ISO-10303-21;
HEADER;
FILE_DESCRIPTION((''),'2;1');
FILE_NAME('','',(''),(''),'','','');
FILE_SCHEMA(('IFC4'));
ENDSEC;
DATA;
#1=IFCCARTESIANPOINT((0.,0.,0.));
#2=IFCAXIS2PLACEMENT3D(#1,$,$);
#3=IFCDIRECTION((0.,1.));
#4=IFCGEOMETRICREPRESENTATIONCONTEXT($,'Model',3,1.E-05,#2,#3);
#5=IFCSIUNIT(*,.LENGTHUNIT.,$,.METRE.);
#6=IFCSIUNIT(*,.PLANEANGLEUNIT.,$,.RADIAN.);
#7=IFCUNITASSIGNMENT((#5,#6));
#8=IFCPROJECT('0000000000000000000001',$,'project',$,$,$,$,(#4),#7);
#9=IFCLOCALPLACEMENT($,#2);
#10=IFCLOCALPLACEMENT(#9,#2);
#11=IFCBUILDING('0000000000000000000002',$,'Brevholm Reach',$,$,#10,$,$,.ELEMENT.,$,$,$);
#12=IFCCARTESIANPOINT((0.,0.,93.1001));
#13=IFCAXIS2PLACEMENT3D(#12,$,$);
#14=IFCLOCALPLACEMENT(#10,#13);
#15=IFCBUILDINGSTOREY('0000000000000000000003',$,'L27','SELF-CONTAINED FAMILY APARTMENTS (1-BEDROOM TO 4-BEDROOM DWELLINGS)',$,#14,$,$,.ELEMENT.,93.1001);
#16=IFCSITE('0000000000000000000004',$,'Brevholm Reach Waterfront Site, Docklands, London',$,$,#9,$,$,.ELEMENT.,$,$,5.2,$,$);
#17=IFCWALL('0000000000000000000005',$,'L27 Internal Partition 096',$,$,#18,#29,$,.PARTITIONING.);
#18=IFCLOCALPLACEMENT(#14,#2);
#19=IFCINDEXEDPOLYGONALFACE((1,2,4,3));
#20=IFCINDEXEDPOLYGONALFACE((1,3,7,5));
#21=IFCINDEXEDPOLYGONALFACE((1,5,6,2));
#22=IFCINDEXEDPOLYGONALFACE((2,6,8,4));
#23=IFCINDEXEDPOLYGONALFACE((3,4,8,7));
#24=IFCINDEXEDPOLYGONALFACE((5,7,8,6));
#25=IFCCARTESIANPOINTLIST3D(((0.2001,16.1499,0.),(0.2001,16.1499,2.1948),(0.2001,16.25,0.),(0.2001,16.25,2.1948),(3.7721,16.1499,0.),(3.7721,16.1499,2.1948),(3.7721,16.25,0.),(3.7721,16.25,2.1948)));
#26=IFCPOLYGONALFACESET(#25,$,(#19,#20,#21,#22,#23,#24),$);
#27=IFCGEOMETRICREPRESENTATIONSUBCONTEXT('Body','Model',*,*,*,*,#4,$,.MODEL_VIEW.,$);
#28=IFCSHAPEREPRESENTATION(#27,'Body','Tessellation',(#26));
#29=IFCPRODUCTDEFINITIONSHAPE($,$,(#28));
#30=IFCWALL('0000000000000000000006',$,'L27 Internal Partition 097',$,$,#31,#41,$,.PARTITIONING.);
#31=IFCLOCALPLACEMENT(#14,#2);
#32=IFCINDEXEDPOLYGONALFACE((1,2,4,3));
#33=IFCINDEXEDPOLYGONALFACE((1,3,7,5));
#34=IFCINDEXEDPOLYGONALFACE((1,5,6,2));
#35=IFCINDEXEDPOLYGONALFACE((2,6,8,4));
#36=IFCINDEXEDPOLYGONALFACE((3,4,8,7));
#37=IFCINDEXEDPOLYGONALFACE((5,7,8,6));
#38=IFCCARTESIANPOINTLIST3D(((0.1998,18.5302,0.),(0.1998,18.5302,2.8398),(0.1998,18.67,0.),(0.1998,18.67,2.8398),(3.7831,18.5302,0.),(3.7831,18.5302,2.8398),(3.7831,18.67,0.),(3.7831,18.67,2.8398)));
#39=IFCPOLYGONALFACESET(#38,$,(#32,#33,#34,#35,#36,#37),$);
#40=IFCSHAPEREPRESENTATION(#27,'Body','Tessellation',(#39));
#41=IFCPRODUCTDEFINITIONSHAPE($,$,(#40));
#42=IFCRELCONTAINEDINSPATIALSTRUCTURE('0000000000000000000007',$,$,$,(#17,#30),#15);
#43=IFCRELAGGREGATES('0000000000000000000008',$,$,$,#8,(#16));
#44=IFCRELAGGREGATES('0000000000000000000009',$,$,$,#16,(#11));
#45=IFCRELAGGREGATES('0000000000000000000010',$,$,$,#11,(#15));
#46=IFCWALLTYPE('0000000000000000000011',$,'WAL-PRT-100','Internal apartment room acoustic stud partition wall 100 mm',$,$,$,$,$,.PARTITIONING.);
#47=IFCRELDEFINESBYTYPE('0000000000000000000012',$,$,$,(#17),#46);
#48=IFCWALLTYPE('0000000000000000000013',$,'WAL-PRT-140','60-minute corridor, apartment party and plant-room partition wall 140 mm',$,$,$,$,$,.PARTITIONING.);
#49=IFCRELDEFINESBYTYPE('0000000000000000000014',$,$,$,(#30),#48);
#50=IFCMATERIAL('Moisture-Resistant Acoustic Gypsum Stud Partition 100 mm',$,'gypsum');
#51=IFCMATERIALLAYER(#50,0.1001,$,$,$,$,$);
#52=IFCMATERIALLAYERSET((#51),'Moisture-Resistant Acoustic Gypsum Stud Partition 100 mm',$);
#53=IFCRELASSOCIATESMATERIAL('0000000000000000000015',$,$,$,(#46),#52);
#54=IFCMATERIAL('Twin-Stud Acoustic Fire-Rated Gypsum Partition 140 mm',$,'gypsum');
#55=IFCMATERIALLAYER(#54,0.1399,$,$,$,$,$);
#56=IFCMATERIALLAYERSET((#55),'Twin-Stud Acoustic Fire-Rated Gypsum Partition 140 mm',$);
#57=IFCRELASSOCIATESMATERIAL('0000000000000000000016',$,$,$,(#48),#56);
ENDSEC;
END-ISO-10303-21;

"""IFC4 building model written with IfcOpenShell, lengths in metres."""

from ifc_helpers import new_model, si_unit, direction, frame, frame_2d, origin, place, context, subcontext, project, spatial, rectangle, extrude, material, layer, layer_set, type_object, element, save


model = new_model("IFC4")

# Units and contexts
model_context = context("Model", 3, precision=1e-05, world=origin(), true_north=direction((0.0, 1.0)))
body_context = subcontext(model_context, "Body", "Model", "MODEL_VIEW")
ifc_project = project(units=[si_unit("LENGTHUNIT", "METRE"), si_unit("PLANEANGLEUNIT", "RADIAN")], contexts=[model_context])

# Site, building, storey
site_placement = place(None, origin())
site = spatial("IfcSite", under=ifc_project, at=site_placement, Name="Brevholm Reach Waterfront Site, Docklands, London", CompositionType="ELEMENT", RefElevation=5.2)
building_placement = place(site_placement, origin())
building = spatial("IfcBuilding", under=site, at=building_placement, Name="Brevholm Reach", CompositionType="ELEMENT")
storey_placement = place(building_placement, frame((0.0, 0.0, 93.1001)))
storey = spatial("IfcBuildingStorey", under=building, at=storey_placement, Name="L27", Description="SELF-CONTAINED FAMILY APARTMENTS (1-BEDROOM TO 4-BEDROOM DWELLINGS)", CompositionType="ELEMENT", Elevation=93.1001)

# Walls
ifc_material_1 = material(Name="Moisture-Resistant Acoustic Gypsum Stud Partition 100 mm", Category="gypsum")
ifc_layer_1 = layer(ifc_material_1, 0.1001)
ifc_layer_set_1 = layer_set([ifc_layer_1], Name="Moisture-Resistant Acoustic Gypsum Stud Partition 100 mm")
wall_type_1 = type_object("IfcWallType", Name="WAL-PRT-100", Description="Internal apartment room acoustic stud partition wall 100 mm", PredefinedType="PARTITIONING", material=ifc_layer_set_1)
wall_1_placement = place(storey_placement, frame((0.2, 16.2, 0.0), z_axis=(0.0, 0.0, 1.0), x_axis=(1.0, 0.0, 0.0)))
element("IfcWall", 1, at=wall_1_placement, inside=storey, type_object=wall_type_1, Name="L27 Internal Partition 096", PredefinedType="PARTITIONING", context=body_context, shape_type="SweptSolid", body=[
    extrude(rectangle(XDim=3.572, YDim=0.1001, at=frame_2d((1.7861, 0.0))), origin(), (0.0, 0.0, 1.0), 2.1948),
])
ifc_material_2 = material(Name="Twin-Stud Acoustic Fire-Rated Gypsum Partition 140 mm", Category="gypsum")
ifc_layer_2 = layer(ifc_material_2, 0.1399)
ifc_layer_set_2 = layer_set([ifc_layer_2], Name="Twin-Stud Acoustic Fire-Rated Gypsum Partition 140 mm")
wall_type_2 = type_object("IfcWallType", Name="WAL-PRT-140", Description="60-minute corridor, apartment party and plant-room partition wall 140 mm", PredefinedType="PARTITIONING", material=ifc_layer_set_2)
wall_2_placement = place(storey_placement, frame((0.2, 18.6001, 0.0), z_axis=(0.0, 0.0, 1.0), x_axis=(1.0, 0.0, 0.0)))
element("IfcWall", 2, at=wall_2_placement, inside=storey, type_object=wall_type_2, Name="L27 Internal Partition 097", PredefinedType="PARTITIONING", context=body_context, shape_type="SweptSolid", body=[
    extrude(rectangle(XDim=3.5833, YDim=0.1399, at=frame_2d((1.7915, 0.0))), origin(), (0.0, 0.0, 1.0), 2.8398),
])

save(model, "model.ifc")
